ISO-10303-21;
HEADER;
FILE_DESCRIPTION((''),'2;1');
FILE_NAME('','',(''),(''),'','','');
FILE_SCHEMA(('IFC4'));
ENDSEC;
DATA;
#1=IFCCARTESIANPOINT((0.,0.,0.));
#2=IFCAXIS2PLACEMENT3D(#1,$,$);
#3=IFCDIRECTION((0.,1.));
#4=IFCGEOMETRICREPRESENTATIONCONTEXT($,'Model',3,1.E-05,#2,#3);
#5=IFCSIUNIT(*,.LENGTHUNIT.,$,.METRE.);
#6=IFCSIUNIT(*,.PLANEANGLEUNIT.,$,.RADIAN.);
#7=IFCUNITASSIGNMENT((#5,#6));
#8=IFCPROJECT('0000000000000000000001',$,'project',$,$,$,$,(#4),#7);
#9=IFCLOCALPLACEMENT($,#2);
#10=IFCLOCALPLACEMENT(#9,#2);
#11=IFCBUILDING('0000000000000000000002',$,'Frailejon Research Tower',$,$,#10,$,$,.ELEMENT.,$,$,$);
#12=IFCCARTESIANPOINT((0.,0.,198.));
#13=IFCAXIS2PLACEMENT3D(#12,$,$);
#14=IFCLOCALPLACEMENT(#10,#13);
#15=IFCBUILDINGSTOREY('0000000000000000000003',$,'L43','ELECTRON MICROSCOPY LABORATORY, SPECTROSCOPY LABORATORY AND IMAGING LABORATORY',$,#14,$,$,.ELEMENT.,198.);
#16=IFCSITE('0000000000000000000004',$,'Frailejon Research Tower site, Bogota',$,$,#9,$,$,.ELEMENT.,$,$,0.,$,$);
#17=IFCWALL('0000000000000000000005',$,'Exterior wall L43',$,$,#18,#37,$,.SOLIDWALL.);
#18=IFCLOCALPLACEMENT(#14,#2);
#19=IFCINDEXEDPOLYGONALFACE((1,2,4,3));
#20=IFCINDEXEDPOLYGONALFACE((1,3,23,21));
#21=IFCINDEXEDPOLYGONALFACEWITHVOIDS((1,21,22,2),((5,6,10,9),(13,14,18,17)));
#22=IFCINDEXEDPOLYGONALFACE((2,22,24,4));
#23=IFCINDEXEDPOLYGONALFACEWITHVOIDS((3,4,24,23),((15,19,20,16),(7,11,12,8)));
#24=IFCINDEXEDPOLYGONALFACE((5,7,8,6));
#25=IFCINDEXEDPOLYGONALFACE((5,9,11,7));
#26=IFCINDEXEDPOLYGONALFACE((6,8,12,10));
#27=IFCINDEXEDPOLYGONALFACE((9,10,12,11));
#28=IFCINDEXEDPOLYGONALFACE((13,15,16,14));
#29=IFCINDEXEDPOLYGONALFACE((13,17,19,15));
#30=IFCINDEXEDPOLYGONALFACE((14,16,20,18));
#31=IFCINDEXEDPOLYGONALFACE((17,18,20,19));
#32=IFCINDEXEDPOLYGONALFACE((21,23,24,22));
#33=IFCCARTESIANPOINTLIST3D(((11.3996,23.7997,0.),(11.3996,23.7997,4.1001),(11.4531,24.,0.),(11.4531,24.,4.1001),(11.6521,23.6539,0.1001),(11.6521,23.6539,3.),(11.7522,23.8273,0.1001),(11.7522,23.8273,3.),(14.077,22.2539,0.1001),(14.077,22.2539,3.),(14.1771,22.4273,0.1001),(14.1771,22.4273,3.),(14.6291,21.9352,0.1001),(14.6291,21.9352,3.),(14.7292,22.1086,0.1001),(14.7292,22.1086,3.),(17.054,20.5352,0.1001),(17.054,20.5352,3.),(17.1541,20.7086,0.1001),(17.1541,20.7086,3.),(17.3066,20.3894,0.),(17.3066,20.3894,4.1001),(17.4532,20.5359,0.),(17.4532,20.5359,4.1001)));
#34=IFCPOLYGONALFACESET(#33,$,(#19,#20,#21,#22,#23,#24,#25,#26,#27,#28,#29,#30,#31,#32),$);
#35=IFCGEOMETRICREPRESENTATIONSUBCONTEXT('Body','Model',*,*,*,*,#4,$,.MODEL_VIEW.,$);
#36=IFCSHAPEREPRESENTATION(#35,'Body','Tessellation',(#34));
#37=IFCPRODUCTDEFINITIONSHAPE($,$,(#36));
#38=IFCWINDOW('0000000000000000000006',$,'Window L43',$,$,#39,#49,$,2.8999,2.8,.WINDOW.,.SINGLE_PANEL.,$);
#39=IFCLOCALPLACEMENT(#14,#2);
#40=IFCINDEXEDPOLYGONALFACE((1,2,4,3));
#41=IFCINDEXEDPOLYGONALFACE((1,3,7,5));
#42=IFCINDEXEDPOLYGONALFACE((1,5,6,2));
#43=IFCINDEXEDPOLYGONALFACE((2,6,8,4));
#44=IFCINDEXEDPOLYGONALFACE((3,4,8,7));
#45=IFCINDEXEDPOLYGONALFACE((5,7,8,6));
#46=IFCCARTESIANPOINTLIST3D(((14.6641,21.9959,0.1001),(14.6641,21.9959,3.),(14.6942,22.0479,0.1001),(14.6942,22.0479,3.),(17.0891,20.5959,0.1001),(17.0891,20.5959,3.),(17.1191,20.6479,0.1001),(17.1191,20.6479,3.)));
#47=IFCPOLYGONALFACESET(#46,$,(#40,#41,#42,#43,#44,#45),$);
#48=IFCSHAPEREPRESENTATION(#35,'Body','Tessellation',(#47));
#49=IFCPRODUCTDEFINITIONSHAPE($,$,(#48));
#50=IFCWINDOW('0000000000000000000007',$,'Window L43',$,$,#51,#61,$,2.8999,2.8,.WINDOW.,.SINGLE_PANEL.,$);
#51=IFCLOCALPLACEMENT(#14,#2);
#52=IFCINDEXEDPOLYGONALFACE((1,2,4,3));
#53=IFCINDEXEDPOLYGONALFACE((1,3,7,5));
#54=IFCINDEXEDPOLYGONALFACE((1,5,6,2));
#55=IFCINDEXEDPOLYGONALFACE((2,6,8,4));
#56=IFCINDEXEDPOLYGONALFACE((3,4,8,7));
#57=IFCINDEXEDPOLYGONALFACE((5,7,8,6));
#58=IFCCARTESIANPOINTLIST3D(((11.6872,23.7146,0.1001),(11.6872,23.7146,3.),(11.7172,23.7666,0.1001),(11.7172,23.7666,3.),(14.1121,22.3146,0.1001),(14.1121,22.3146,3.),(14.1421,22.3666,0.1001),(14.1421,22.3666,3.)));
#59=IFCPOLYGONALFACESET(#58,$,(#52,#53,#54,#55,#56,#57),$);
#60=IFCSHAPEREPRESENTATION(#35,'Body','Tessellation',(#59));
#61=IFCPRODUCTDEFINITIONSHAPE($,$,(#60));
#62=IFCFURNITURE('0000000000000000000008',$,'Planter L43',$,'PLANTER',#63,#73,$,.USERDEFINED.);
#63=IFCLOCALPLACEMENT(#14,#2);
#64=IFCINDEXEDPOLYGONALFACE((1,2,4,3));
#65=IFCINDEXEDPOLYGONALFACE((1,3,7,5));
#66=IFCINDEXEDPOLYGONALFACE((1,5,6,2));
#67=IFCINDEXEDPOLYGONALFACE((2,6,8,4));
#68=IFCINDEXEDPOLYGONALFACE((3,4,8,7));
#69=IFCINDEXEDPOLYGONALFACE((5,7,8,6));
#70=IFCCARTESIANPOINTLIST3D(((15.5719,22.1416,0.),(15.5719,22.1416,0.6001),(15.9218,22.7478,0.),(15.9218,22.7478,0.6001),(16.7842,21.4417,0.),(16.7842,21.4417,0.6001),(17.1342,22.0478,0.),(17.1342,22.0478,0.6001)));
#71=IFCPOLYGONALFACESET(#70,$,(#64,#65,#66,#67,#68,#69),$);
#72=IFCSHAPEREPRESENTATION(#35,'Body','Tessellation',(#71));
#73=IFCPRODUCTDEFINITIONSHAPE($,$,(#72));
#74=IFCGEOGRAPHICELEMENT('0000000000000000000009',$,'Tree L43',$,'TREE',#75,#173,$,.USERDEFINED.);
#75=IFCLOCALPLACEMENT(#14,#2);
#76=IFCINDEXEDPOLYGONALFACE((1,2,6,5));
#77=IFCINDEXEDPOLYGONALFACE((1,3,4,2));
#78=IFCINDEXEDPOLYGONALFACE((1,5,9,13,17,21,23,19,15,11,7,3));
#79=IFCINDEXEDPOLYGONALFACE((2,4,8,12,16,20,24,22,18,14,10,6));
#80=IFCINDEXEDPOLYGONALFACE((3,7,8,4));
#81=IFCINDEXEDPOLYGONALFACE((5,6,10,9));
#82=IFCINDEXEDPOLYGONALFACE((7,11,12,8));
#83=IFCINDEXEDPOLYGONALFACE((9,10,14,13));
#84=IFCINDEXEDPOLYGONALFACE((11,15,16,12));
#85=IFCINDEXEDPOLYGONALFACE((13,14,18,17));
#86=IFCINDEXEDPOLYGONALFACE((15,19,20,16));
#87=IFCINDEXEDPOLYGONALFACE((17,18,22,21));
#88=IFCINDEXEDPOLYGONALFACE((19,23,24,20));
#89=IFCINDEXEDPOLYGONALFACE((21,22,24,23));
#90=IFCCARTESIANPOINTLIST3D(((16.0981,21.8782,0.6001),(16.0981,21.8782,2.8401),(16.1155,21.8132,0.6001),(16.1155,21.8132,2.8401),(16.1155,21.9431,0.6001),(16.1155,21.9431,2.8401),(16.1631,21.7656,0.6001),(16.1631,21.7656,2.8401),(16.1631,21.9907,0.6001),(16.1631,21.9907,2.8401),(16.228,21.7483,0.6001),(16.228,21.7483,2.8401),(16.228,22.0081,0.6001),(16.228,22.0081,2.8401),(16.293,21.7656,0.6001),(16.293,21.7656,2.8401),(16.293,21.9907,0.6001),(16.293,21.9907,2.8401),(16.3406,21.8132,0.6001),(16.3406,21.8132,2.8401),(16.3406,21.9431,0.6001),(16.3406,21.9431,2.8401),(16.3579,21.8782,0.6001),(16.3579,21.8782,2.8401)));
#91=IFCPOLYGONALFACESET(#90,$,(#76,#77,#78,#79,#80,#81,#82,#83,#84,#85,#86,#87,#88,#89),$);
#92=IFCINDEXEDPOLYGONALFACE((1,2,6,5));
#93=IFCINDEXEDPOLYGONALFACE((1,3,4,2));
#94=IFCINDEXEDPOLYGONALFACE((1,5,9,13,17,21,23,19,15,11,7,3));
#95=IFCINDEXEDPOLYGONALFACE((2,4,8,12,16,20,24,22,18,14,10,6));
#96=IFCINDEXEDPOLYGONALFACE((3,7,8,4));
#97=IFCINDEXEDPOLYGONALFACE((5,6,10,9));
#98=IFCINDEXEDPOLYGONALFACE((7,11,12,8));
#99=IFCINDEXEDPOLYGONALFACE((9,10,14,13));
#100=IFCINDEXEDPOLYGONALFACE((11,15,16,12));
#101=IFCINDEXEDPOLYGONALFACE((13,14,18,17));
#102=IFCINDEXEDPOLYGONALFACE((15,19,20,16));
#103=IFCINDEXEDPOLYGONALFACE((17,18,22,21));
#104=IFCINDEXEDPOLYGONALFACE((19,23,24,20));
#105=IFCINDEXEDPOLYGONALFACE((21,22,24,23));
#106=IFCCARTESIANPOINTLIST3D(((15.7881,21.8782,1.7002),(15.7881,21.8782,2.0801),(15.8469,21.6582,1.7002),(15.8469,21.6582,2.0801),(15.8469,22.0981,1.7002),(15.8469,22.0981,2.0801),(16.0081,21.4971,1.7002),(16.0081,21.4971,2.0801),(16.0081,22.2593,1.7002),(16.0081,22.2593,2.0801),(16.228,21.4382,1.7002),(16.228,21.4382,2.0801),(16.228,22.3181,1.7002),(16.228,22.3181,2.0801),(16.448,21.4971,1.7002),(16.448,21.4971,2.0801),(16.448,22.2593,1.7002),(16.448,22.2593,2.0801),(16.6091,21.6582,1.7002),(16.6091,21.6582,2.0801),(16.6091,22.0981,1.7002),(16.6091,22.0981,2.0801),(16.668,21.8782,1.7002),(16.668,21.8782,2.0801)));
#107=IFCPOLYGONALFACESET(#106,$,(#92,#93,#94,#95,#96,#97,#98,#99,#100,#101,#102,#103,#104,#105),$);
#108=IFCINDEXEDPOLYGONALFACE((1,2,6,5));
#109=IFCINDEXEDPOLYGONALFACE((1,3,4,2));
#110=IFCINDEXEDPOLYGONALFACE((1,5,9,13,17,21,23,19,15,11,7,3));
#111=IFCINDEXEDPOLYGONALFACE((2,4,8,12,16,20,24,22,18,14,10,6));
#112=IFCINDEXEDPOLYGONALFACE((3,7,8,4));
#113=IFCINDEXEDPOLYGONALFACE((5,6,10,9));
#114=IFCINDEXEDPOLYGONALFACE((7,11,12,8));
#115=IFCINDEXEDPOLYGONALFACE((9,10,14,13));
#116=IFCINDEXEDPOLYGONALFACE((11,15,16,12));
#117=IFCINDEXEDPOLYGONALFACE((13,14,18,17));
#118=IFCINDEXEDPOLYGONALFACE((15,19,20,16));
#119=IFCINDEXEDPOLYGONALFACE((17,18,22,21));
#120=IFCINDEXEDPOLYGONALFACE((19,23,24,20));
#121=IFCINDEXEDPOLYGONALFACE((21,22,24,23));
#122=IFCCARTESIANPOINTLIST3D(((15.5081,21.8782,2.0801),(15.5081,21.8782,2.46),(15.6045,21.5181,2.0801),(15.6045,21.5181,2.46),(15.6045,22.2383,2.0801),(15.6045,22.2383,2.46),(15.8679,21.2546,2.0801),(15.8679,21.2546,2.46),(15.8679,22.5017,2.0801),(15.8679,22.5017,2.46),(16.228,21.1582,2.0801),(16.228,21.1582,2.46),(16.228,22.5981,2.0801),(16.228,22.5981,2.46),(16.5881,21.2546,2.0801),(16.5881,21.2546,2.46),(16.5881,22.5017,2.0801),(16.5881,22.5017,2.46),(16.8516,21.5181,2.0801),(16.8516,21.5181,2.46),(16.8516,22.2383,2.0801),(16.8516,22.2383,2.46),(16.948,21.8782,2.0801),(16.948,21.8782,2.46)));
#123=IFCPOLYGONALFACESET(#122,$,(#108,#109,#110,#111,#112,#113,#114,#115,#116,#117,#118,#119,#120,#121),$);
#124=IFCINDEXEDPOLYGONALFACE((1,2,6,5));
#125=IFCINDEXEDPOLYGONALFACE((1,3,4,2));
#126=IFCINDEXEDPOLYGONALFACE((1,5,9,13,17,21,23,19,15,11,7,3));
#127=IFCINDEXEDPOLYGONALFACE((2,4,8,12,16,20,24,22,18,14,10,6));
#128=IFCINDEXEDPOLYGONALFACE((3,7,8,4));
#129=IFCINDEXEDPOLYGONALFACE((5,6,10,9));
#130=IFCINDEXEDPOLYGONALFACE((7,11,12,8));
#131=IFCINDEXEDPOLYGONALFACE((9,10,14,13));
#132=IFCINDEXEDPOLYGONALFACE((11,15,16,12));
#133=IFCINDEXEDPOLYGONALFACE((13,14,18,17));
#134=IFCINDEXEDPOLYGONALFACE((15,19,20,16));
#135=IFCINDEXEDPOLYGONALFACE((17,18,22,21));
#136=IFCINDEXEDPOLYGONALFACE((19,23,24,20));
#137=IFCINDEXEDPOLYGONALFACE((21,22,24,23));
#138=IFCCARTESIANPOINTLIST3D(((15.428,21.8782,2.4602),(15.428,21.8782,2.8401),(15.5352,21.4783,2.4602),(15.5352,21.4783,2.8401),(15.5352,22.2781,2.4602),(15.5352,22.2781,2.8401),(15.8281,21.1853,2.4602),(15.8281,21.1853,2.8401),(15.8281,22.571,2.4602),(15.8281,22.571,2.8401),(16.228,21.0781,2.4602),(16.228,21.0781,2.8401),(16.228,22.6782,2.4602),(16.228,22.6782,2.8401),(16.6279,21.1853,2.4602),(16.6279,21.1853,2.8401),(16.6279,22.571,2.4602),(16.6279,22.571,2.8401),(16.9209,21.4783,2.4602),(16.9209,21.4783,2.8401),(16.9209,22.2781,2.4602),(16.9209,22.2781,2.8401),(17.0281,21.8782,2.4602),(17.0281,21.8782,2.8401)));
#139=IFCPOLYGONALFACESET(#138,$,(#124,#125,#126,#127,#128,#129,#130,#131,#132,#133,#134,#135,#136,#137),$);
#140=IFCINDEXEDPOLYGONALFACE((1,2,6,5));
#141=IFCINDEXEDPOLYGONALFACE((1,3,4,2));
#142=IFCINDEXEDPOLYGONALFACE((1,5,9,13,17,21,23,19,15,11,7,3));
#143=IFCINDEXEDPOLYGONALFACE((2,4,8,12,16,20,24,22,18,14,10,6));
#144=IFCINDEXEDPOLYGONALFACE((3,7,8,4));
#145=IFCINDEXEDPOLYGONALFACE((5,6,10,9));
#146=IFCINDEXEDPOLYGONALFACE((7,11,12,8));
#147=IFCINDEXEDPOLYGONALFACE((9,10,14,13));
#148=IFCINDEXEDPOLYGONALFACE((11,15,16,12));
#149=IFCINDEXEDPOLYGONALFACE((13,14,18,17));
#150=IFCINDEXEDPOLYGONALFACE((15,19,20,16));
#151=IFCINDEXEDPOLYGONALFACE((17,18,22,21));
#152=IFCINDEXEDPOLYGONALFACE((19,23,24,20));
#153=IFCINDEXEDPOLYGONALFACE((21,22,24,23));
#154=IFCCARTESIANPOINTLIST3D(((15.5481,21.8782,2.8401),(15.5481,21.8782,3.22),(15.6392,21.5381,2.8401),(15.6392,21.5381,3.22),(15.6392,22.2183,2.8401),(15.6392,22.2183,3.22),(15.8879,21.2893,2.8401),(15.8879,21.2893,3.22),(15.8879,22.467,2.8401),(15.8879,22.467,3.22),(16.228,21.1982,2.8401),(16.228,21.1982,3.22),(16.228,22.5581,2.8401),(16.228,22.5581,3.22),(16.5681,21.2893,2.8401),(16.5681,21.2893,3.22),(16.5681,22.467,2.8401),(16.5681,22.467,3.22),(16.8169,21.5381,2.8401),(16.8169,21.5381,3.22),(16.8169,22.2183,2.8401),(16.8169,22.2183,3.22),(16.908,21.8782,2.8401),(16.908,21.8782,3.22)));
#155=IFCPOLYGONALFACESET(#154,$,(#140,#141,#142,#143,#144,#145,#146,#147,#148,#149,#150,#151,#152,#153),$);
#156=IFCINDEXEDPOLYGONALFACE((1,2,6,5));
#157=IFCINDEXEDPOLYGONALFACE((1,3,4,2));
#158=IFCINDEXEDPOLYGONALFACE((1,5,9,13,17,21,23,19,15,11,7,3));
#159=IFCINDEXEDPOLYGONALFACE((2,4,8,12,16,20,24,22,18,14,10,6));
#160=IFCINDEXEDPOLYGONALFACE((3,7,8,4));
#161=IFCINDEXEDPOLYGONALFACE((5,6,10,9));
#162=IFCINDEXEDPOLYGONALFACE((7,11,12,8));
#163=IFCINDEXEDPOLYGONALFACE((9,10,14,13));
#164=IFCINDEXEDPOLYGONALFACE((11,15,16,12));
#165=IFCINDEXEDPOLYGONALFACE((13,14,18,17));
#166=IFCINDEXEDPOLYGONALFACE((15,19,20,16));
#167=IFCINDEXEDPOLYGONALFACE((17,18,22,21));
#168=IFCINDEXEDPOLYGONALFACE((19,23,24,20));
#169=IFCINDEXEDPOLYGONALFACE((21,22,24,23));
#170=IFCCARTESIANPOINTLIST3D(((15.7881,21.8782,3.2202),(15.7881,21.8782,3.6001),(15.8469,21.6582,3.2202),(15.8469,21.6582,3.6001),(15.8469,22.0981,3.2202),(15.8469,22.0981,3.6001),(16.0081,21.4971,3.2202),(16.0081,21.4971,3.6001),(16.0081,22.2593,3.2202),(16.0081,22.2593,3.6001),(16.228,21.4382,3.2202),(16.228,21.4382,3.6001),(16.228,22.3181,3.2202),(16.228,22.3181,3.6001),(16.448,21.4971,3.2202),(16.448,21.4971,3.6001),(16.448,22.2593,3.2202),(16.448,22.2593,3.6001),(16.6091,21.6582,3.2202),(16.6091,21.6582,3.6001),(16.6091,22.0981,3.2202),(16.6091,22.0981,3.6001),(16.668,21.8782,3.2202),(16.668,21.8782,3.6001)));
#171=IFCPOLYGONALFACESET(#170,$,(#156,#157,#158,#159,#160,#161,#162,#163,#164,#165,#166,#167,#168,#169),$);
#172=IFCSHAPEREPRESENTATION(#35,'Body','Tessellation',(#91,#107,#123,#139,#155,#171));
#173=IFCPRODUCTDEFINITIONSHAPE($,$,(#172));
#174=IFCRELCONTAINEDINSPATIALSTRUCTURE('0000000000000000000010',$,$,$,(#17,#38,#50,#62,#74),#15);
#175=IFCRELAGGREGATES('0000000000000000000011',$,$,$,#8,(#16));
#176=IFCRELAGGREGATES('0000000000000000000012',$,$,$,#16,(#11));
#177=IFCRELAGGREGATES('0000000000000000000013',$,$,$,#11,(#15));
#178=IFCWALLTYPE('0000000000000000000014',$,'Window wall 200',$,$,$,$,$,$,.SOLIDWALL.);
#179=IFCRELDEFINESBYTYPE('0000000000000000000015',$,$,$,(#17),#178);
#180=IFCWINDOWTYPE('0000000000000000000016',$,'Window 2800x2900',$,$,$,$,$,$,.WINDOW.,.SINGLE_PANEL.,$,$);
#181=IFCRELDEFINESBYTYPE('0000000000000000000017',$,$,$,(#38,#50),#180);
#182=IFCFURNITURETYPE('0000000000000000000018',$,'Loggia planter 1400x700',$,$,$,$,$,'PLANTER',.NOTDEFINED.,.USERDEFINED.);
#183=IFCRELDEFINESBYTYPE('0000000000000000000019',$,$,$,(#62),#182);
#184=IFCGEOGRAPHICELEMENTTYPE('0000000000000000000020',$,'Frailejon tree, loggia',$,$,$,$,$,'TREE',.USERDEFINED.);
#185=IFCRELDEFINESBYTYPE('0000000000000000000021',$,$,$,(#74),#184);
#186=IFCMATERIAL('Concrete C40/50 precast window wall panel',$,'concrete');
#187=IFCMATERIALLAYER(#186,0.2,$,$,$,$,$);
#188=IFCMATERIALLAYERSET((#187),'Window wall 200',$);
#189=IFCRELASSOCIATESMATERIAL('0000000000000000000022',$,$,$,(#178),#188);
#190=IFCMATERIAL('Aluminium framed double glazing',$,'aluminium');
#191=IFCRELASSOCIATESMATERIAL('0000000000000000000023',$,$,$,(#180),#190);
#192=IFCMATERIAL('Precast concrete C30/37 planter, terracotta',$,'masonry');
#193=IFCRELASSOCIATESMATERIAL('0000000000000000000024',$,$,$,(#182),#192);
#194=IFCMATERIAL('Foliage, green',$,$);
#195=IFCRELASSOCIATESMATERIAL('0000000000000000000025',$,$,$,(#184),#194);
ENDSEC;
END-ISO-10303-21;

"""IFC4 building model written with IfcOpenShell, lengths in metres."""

from ifc_helpers import new_model, si_unit, direction, frame, frame_2d, origin, origin_2d, place, context, subcontext, project, spatial, polyline, rectangle, outline, extrude, material, layer, layer_set, type_object, element, fill, save


model = new_model("IFC4")

# Units and contexts
model_context = context("Model", 3, precision=1e-05, world=origin(), true_north=direction((0.0, 1.0)))
body_context = subcontext(model_context, "Body", "Model", "MODEL_VIEW")
ifc_project = project(units=[si_unit("LENGTHUNIT", "METRE"), si_unit("PLANEANGLEUNIT", "RADIAN")], contexts=[model_context])

# Site, building, storey
site_placement = place(None, origin())
site = spatial("IfcSite", under=ifc_project, at=site_placement, Name="Frailejon Research Tower site, Bogota", CompositionType="ELEMENT", RefElevation=0.0)
building_placement = place(site_placement, origin())
building = spatial("IfcBuilding", under=site, at=building_placement, Name="Frailejon Research Tower", CompositionType="ELEMENT")
storey_placement = place(building_placement, frame((0.0, 0.0, 198.0)))
storey = spatial("IfcBuildingStorey", under=building, at=storey_placement, Name="L43", Description="ELECTRON MICROSCOPY LABORATORY, SPECTROSCOPY LABORATORY AND IMAGING LABORATORY", CompositionType="ELEMENT", Elevation=198.0)

# Wall, openings, windows
ifc_material_1 = material(Name="Concrete C40/50 precast window wall panel", Category="concrete")
ifc_layer = layer(ifc_material_1, 0.2)
ifc_layer_set = layer_set([ifc_layer], Name="Window wall 200")
wall_type = type_object("IfcWallType", Name="Window wall 200", PredefinedType="SOLIDWALL", material=ifc_layer_set)
wall_placement = place(storey_placement, frame((17.3799, 20.4626, 0.0), z_axis=(0.0, 0.0, 1.0), x_axis=(-0.866029, 0.499993, 0.0)))
wall = element("IfcWall", 1, at=wall_placement, inside=storey, type_object=wall_type, Name="Exterior wall L43", PredefinedType="SOLIDWALL", context=body_context, shape_type="SweptSolid", body=[
    extrude(outline(polyline([(-0.0269, -0.1001), (1.1279, -0.1001), (2.2825, -0.1001), (3.4373, -0.1001), (4.592, -0.1001), (5.7466, -0.1001), (6.9014, -0.1001), (6.8477, 0.1001), (5.7109, 0.1001), (4.574, 0.1001), (3.4373, 0.1001), (2.3005, 0.1001), (1.1636, 0.1001), (0.0269, 0.1001), (-0.0269, -0.1001)])), origin(), (0.0, 0.0, 1.0), 4.1001),
])
opening_1_placement = place(wall_placement, frame((0.3186, 0.0, 0.1001)))
opening_1 = element("IfcOpeningElement", 2, at=opening_1_placement, cuts=wall, PredefinedType="OPENING", context=body_context, shape_type="SweptSolid", body=[
    extrude(rectangle(XDim=2.8, YDim=2.8999, at=frame_2d((1.3999, 1.45))), frame((0.0, 0.1099, 0.0), z_axis=(0.0, -1.0, 0.0), x_axis=(1.0, 0.0, 0.0)), (0.0, 0.0, 1.0), 0.22),
])
opening_2_placement = place(wall_placement, frame((3.7561, 0.0, 0.1001)))
opening_2 = element("IfcOpeningElement", 3, at=opening_2_placement, cuts=wall, PredefinedType="OPENING", context=body_context, shape_type="SweptSolid", body=[
    extrude(rectangle(XDim=2.8, YDim=2.8999, at=frame_2d((1.3999, 1.45))), frame((0.0, 0.1099, 0.0), z_axis=(0.0, -1.0, 0.0), x_axis=(1.0, 0.0, 0.0)), (0.0, 0.0, 1.0), 0.22),
])
ifc_material_2 = material(Name="Aluminium framed double glazing", Category="aluminium")
window_type = type_object("IfcWindowType", Name="Window 2800x2900", PartitioningType="SINGLE_PANEL", PredefinedType="WINDOW", material=ifc_material_2)
window_1_placement = place(opening_1_placement, origin())
window_1 = element("IfcWindow", 4, at=window_1_placement, inside=storey, type_object=window_type, Name="Window L43", OverallHeight=2.8999, OverallWidth=2.8, PartitioningType="SINGLE_PANEL", PredefinedType="WINDOW", context=body_context, shape_type="SweptSolid", body=[
    extrude(rectangle(XDim=2.8, YDim=2.8999, at=frame_2d((1.3999, 1.45))), frame((0.0, 0.03, 0.0), z_axis=(0.0, -1.0, 0.0), x_axis=(1.0, 0.0, 0.0)), (0.0, 0.0, 1.0), 0.0601),
])
fill(opening_1, window_1)
window_2_placement = place(opening_2_placement, origin())
window_2 = element("IfcWindow", 5, at=window_2_placement, inside=storey, type_object=window_type, Name="Window L43", OverallHeight=2.8999, OverallWidth=2.8, PartitioningType="SINGLE_PANEL", PredefinedType="WINDOW", context=body_context, shape_type="SweptSolid", body=[
    extrude(rectangle(XDim=2.8, YDim=2.8999, at=frame_2d((1.3999, 1.45))), frame((0.0, 0.03, 0.0), z_axis=(0.0, -1.0, 0.0), x_axis=(1.0, 0.0, 0.0)), (0.0, 0.0, 1.0), 0.0601),
])
fill(opening_2, window_2)

# Furniture
ifc_material_3 = material(Name="Precast concrete C30/37 planter, terracotta", Category="masonry")
furniture_type = type_object("IfcFurnitureType", Name="Loggia planter 1400x700", ElementType="PLANTER", AssemblyPlace="NOTDEFINED", PredefinedType="USERDEFINED", material=ifc_material_3)
furniture_placement = place(storey_placement, frame((16.353, 22.0947, 0.0), z_axis=(0.0, 0.0, 1.0), x_axis=(-0.866025, 0.5, 0.0)))
element("IfcFurniture", 6, at=furniture_placement, inside=storey, type_object=furniture_type, Name="Planter L43", ObjectType="PLANTER", PredefinedType="USERDEFINED", context=body_context, shape_type="SweptSolid", body=[
    extrude(rectangle(XDim=1.3999, YDim=0.7, at=origin_2d()), origin(), (0.0, 0.0, 1.0), 0.6001),
])

# Geographic element
ifc_material_4 = material(Name="Foliage, green")
geographic_element_type = type_object("IfcGeographicElementType", Name="Frailejon tree, loggia", ElementType="TREE", PredefinedType="USERDEFINED", material=ifc_material_4)
geographic_element_placement = place(storey_placement, frame((16.228, 21.8782, 0.6001)))
element("IfcGeographicElement", 7, at=geographic_element_placement, inside=storey, type_object=geographic_element_type, Name="Tree L43", ObjectType="TREE", PredefinedType="USERDEFINED", context=body_context, shape_type="SweptSolid", body=[
    extrude(outline(polyline([(0.1299, 0.0), (0.1125, 0.0649), (0.0649, 0.1125), (0.0, 0.1299), (-0.0649, 0.1125), (-0.1125, 0.0649), (-0.1299, 0.0), (-0.1125, -0.0649), (-0.0649, -0.1125), (0.0, -0.1299), (0.0649, -0.1125), (0.1125, -0.0649), (0.1299, 0.0)])), origin(), (0.0, 0.0, 1.0), 2.24),
    extrude(outline(polyline([(0.4399, 0.0), (0.3811, 0.22), (0.22, 0.3811), (0.0, 0.4399), (-0.22, 0.3811), (-0.3811, 0.22), (-0.4399, 0.0), (-0.3811, -0.22), (-0.22, -0.3811), (0.0, -0.4399), (0.22, -0.3811), (0.3811, -0.22), (0.4399, 0.0)])), frame((0.0, 0.0, 1.1001)), (0.0, 0.0, 1.0), 0.3799),
    extrude(outline(polyline([(0.72, 0.0), (0.6235, 0.3601), (0.3601, 0.6235), (0.0, 0.72), (-0.3601, 0.6235), (-0.6235, 0.3601), (-0.72, 0.0), (-0.6235, -0.3601), (-0.3601, -0.6235), (0.0, -0.72), (0.3601, -0.6235), (0.6235, -0.3601), (0.72, 0.0)])), frame((0.0, 0.0, 1.48)), (0.0, 0.0, 1.0), 0.3799),
    extrude(outline(polyline([(0.8, 0.0), (0.6929, 0.3999), (0.3999, 0.6929), (0.0, 0.8), (-0.3999, 0.6929), (-0.6929, 0.3999), (-0.8, 0.0), (-0.6929, -0.3999), (-0.3999, -0.6929), (0.0, -0.8), (0.3999, -0.6929), (0.6929, -0.3999), (0.8, 0.0)])), frame((0.0, 0.0, 1.8601)), (0.0, 0.0, 1.0), 0.3799),
    extrude(outline(polyline([(0.6799, 0.0), (0.5889, 0.3401), (0.3401, 0.5889), (0.0, 0.6799), (-0.3401, 0.5889), (-0.5889, 0.3401), (-0.6799, 0.0), (-0.5889, -0.3401), (-0.3401, -0.5889), (0.0, -0.6799), (0.3401, -0.5889), (0.5889, -0.3401), (0.6799, 0.0)])), frame((0.0, 0.0, 2.24)), (0.0, 0.0, 1.0), 0.3799),
    extrude(outline(polyline([(0.4399, 0.0), (0.3811, 0.22), (0.22, 0.3811), (0.0, 0.4399), (-0.22, 0.3811), (-0.3811, 0.22), (-0.4399, 0.0), (-0.3811, -0.22), (-0.22, -0.3811), (0.0, -0.4399), (0.22, -0.3811), (0.3811, -0.22), (0.4399, 0.0)])), frame((0.0, 0.0, 2.6201)), (0.0, 0.0, 1.0), 0.3799),
])

save(model, "model.ifc")
